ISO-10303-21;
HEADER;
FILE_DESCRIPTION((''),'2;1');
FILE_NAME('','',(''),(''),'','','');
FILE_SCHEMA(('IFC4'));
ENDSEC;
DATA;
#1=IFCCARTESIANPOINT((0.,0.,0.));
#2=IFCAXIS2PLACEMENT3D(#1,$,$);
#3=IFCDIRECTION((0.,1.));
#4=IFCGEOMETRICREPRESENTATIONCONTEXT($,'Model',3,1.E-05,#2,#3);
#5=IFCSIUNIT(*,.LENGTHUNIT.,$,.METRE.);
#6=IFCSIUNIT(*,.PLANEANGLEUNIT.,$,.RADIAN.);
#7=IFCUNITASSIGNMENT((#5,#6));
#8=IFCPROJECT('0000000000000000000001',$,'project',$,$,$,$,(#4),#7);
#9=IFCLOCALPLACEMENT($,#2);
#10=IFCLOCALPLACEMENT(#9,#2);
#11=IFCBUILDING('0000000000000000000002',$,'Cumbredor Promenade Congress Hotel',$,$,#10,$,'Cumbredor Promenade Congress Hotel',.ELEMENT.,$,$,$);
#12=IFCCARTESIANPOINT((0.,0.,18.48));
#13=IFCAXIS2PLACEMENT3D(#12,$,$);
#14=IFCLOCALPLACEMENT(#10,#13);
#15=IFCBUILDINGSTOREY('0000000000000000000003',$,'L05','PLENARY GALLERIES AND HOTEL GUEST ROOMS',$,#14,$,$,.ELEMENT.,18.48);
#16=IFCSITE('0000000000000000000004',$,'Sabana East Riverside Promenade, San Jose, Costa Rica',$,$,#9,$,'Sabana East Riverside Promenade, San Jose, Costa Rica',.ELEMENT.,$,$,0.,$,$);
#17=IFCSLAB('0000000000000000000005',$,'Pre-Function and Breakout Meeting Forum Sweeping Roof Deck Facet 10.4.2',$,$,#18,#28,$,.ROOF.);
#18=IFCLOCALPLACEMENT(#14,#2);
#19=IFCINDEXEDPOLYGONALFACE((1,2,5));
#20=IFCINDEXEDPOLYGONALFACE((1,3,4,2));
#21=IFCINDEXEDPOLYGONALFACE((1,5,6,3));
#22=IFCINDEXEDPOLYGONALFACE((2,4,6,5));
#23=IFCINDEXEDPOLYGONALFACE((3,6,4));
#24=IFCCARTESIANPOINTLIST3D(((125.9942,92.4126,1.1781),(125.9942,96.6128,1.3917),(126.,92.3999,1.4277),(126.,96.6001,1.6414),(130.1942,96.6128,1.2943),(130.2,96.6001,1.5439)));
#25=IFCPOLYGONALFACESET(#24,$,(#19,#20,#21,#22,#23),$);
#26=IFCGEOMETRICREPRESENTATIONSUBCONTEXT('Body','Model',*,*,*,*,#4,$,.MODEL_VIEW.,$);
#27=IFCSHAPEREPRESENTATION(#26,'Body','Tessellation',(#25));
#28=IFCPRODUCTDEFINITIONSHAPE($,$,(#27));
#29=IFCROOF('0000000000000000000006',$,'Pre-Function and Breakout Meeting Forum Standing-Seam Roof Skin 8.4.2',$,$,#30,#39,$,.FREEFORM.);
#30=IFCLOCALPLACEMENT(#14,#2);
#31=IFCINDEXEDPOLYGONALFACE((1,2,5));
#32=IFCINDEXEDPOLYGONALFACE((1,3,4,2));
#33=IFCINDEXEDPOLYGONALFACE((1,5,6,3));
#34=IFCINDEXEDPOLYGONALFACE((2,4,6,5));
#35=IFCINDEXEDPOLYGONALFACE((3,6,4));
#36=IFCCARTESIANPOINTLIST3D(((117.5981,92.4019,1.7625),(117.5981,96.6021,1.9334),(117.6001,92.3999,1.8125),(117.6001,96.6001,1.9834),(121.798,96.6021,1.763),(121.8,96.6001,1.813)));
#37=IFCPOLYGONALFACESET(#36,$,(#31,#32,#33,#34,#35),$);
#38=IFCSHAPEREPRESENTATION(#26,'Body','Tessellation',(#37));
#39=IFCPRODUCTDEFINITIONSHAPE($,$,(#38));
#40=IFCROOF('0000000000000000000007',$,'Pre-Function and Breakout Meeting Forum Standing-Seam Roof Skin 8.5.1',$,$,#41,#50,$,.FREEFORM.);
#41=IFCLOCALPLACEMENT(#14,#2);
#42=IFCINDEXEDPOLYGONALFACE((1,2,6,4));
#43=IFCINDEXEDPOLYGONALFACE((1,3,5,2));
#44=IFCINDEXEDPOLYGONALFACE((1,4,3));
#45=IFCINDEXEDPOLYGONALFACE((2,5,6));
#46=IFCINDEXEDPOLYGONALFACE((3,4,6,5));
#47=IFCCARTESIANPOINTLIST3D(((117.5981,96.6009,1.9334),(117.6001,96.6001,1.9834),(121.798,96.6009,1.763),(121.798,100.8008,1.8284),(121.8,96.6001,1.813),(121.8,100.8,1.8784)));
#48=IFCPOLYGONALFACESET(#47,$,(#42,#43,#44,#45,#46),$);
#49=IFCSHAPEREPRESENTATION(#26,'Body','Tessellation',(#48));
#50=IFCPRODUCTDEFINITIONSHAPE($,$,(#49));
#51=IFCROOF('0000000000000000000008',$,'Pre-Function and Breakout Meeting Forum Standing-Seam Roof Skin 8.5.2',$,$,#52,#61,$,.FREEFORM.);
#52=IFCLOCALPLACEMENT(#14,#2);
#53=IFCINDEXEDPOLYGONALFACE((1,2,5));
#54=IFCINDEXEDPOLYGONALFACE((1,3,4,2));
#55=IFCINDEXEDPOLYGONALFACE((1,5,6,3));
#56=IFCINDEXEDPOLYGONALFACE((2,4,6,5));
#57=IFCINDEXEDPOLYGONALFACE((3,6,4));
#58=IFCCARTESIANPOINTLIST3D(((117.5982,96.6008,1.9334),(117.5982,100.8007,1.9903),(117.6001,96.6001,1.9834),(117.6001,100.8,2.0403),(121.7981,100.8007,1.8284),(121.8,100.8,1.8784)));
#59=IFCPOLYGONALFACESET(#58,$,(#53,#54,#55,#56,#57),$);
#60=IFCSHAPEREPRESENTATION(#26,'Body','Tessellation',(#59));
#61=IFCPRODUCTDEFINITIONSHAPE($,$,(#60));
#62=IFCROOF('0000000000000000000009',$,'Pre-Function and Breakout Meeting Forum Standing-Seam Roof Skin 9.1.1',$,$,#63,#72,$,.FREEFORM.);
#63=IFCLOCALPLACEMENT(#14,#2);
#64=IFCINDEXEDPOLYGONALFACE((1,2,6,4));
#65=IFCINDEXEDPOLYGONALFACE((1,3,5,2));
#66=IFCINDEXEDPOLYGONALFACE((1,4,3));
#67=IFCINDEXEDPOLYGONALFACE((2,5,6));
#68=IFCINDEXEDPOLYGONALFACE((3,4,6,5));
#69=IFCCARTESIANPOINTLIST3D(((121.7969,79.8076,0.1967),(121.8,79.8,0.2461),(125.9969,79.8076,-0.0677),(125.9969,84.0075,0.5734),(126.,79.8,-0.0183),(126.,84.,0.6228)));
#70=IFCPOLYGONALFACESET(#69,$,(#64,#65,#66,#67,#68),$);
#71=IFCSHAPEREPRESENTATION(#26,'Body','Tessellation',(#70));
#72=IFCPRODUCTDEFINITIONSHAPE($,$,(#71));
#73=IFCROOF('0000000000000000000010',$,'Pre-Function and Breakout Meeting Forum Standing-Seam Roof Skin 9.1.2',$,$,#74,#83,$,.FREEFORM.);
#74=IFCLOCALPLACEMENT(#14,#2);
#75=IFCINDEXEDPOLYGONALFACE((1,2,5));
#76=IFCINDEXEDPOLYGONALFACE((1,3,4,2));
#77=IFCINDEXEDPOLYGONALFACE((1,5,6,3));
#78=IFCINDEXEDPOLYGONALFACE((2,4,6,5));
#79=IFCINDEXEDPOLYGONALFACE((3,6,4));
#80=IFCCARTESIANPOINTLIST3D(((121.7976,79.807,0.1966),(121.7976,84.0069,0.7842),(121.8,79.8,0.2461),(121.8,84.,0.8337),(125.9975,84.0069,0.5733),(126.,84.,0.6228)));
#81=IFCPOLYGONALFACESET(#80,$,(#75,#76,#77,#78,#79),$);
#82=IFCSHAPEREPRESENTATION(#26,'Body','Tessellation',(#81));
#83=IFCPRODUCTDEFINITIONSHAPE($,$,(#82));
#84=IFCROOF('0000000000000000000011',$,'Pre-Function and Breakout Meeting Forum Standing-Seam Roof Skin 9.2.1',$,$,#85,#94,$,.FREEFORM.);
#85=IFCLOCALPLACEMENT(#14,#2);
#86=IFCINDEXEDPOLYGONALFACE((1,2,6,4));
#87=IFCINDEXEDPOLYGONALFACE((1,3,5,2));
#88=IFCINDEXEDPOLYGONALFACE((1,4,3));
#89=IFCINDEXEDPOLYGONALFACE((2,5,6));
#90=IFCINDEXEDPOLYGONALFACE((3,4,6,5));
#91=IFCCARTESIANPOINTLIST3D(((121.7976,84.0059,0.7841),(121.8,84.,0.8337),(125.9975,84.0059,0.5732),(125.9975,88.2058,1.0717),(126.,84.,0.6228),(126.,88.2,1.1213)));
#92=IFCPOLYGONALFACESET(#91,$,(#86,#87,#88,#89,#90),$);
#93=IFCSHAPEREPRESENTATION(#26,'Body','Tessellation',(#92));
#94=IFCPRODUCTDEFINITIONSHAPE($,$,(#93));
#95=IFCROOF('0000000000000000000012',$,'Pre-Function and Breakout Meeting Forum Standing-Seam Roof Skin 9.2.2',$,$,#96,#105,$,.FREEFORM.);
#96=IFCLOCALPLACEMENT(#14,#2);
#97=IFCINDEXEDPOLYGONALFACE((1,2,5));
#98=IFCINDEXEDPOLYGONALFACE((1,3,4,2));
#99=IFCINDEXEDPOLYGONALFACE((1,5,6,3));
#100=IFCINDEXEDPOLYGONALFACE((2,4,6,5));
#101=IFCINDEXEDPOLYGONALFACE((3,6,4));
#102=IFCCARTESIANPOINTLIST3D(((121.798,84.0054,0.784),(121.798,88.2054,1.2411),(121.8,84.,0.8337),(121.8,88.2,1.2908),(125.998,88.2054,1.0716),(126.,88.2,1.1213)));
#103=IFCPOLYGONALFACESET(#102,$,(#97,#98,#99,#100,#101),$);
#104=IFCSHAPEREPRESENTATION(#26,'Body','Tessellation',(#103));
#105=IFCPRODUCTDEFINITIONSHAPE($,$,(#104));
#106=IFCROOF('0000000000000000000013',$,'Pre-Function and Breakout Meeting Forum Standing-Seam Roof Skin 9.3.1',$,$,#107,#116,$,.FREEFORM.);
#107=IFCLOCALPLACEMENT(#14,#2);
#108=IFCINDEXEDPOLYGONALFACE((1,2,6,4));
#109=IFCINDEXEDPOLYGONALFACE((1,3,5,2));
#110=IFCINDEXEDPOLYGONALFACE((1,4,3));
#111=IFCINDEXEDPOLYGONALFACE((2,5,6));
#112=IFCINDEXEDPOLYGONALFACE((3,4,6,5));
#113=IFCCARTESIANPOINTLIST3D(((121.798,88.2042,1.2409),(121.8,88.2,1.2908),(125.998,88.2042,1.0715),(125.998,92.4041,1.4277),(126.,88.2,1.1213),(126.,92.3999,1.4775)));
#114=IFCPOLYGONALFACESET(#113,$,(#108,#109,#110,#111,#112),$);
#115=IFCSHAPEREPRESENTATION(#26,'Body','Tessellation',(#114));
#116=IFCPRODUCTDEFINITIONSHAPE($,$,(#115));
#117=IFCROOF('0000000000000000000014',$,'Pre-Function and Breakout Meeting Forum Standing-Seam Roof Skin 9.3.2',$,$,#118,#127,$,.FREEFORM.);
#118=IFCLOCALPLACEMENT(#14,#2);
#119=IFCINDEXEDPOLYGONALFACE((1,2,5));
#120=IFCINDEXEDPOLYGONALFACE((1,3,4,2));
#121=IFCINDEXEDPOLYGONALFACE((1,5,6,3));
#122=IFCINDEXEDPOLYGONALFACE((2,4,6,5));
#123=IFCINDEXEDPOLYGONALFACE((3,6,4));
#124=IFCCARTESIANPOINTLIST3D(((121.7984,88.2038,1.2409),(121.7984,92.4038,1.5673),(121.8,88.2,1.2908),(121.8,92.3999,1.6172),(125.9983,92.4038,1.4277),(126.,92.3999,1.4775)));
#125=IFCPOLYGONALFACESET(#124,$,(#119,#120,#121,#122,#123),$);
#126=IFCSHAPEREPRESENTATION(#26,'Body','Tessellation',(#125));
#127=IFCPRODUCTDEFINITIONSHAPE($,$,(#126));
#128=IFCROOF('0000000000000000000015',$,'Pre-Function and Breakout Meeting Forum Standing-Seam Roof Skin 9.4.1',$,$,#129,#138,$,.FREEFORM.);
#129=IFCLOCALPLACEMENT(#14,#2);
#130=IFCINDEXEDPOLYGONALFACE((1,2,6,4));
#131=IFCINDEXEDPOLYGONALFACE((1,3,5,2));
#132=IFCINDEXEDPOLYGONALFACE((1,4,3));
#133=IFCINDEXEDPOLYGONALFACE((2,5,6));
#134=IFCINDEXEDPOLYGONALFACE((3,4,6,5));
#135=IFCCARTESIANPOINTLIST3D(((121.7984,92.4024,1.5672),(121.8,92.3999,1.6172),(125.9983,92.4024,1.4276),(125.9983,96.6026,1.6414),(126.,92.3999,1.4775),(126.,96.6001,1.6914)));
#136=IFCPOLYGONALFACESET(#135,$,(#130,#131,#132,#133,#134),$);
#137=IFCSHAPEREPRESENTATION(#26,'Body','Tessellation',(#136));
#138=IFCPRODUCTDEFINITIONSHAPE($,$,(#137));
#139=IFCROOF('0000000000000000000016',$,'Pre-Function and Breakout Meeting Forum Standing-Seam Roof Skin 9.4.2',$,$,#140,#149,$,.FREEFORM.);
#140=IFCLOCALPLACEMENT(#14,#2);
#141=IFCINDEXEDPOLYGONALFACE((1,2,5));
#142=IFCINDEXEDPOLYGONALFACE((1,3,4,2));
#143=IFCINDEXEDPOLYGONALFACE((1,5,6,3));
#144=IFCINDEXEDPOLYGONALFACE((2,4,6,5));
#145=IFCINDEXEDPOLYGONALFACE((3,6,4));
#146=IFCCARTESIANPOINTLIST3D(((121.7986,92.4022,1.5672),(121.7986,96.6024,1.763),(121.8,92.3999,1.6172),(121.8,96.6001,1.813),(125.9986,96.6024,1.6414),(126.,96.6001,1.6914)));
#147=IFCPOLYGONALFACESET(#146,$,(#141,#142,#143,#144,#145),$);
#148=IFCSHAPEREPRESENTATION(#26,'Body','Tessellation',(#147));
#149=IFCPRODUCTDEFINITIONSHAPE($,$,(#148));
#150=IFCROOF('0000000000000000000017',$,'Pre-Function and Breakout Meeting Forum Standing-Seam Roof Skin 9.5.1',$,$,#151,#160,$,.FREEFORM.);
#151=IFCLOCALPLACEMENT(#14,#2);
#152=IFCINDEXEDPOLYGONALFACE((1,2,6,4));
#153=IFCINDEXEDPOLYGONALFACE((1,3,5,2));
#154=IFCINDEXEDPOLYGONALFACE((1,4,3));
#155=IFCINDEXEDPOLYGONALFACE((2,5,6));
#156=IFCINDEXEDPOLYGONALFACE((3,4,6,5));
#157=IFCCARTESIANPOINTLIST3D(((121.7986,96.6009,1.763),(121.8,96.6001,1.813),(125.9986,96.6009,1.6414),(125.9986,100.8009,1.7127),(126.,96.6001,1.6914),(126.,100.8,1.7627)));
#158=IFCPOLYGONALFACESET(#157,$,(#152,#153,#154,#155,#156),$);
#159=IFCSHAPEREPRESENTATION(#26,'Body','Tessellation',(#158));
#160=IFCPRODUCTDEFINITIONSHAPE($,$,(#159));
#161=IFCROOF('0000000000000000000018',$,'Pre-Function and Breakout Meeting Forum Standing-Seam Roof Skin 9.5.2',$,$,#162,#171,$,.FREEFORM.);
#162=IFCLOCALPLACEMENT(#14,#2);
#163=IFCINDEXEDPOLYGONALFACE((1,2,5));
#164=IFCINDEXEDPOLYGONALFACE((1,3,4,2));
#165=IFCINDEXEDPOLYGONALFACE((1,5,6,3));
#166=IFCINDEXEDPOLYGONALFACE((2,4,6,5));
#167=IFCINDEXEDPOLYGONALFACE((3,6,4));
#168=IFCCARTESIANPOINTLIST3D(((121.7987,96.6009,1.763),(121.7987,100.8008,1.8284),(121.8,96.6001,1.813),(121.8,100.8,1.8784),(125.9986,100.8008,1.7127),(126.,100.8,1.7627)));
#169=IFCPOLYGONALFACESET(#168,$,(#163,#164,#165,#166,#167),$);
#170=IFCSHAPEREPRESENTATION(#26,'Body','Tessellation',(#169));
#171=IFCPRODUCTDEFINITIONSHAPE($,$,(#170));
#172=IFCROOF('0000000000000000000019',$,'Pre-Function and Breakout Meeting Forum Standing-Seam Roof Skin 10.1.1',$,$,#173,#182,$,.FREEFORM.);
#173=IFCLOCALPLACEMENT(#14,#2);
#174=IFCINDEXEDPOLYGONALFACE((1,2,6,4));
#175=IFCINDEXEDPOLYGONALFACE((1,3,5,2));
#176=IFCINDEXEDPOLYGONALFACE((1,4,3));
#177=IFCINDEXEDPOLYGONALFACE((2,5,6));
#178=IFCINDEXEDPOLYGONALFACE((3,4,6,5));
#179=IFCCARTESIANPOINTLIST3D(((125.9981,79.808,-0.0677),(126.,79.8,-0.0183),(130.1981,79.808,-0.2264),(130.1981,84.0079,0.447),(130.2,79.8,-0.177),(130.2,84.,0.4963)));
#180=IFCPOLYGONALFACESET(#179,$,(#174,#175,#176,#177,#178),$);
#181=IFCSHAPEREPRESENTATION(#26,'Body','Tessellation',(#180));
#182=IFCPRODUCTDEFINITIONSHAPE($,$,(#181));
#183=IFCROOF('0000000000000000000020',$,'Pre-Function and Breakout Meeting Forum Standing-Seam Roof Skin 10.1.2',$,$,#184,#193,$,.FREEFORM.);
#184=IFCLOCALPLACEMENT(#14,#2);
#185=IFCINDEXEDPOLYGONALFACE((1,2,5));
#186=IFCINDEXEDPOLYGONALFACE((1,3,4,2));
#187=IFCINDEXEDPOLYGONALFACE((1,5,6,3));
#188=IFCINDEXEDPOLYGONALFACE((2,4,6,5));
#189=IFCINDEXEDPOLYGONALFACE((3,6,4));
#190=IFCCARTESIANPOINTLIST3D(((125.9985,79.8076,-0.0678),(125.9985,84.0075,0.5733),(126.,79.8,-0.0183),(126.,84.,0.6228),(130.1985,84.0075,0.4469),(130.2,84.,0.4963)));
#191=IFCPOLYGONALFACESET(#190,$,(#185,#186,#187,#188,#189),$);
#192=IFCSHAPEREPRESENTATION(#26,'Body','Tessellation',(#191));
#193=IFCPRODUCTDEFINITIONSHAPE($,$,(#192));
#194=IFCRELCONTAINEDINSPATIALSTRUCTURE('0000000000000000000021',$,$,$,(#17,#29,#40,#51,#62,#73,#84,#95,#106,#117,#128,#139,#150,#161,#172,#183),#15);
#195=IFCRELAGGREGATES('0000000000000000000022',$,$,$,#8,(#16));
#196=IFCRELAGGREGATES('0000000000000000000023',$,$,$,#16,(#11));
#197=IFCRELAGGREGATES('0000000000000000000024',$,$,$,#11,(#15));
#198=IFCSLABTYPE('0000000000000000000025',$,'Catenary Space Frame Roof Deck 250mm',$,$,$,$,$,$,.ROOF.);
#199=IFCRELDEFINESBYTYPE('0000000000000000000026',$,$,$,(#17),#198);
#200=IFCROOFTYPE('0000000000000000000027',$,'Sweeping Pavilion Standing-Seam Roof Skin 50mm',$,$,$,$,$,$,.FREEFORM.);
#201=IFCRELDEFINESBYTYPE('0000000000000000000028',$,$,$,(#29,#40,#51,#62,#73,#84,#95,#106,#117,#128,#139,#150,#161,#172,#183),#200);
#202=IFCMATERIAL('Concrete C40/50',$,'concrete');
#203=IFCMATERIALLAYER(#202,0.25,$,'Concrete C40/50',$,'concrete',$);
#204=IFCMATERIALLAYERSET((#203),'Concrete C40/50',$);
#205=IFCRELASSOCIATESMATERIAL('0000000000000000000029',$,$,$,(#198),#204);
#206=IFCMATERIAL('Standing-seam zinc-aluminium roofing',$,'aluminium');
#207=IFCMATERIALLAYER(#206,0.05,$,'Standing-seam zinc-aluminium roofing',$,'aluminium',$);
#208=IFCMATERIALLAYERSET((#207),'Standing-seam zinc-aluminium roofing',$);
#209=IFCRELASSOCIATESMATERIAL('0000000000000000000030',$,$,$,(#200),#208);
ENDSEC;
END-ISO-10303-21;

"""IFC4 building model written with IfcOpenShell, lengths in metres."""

from ifc_helpers import new_model, si_unit, direction, frame, origin, place, context, subcontext, project, spatial, polyline, outline, extrude, material, layer, layer_set, type_object, element, save


model = new_model("IFC4")

# Units and contexts
model_context = context("Model", 3, precision=1e-05, world=origin(), true_north=direction((0.0, 1.0)))
body_context = subcontext(model_context, "Body", "Model", "MODEL_VIEW")
ifc_project = project(units=[si_unit("LENGTHUNIT", "METRE"), si_unit("PLANEANGLEUNIT", "RADIAN")], contexts=[model_context])

# Site, building, storey
site_placement = place(None, origin())
site = spatial("IfcSite", under=ifc_project, at=site_placement, Name="Sabana East Riverside Promenade, San Jose, Costa Rica", LongName="Sabana East Riverside Promenade, San Jose, Costa Rica", CompositionType="ELEMENT", RefElevation=0.0)
building_placement = place(site_placement, origin())
building = spatial("IfcBuilding", under=site, at=building_placement, Name="Cumbredor Promenade Congress Hotel", LongName="Cumbredor Promenade Congress Hotel", CompositionType="ELEMENT")
storey_placement = place(building_placement, frame((0.0, 0.0, 18.48)))
storey = spatial("IfcBuildingStorey", under=building, at=storey_placement, Name="L05", Description="PLENARY GALLERIES AND HOTEL GUEST ROOMS", CompositionType="ELEMENT", Elevation=18.48)

# Slab
ifc_material_1 = material(Name="Concrete C40/50", Category="concrete")
ifc_layer_1 = layer(ifc_material_1, 0.25, Name="Concrete C40/50", Category="concrete")
ifc_layer_set_1 = layer_set([ifc_layer_1], Name="Concrete C40/50")
slab_type = type_object("IfcSlabType", Name="Catenary Space Frame Roof Deck 250mm", PredefinedType="ROOF", material=ifc_layer_set_1)
slab_1_placement = place(storey_placement, frame((126.0, 92.3999, 1.4277), z_axis=(0.023157, -0.050781, 0.998441), x_axis=(0.706951, 0.706992, 0.019561)))
element("IfcSlab", 1, at=slab_1_placement, inside=storey, type_object=slab_type, Name="Pre-Function and Breakout Meeting Forum Sweeping Roof Deck Facet 10.4.2", PredefinedType="ROOF", context=body_context, shape_type="SweptSolid", body=[
    extrude(outline(polyline([(0.0, 0.0), (5.9409, 0.0), (2.9737, 2.974), (0.0, 0.0)])), origin(), (0.0, 0.0, -1.0), 0.25),
])

# Roofs
ifc_material_2 = material(Name="Standing-seam zinc-aluminium roofing", Category="aluminium")
ifc_layer_2 = layer(ifc_material_2, 0.05, Name="Standing-seam zinc-aluminium roofing", Category="aluminium")
ifc_layer_set_2 = layer_set([ifc_layer_2], Name="Standing-seam zinc-aluminium roofing")
roof_type = type_object("IfcRoofType", Name="Sweeping Pavilion Standing-Seam Roof Skin 50mm", PredefinedType="FREEFORM", material=ifc_layer_set_2)
roof_1_placement = place(storey_placement, frame((117.6001, 92.3999, 1.8125), z_axis=(0.040507, -0.040621, 0.998353), x_axis=(0.707086, 0.707127, 0.000082)))
element("IfcRoof", 2, at=roof_1_placement, inside=storey, type_object=roof_type, Name="Pre-Function and Breakout Meeting Forum Standing-Seam Roof Skin 8.4.2", PredefinedType="FREEFORM", context=body_context, shape_type="SweptSolid", body=[
    extrude(outline(polyline([(0.0, 0.0), (5.9398, 0.0), (2.9701, 2.9748), (0.0, 0.0)])), origin(), (0.0, 0.0, -1.0), 0.05),
])
roof_2_placement = place(storey_placement, frame((117.6001, 96.6001, 1.9834), z_axis=(0.040536, -0.015564, 0.999057), x_axis=(0.999178, 0.0, -0.040541)))
element("IfcRoof", 3, at=roof_2_placement, inside=storey, type_object=roof_type, Name="Pre-Function and Breakout Meeting Forum Standing-Seam Roof Skin 8.5.1", PredefinedType="FREEFORM", context=body_context, shape_type="SweptSolid", body=[
    extrude(outline(polyline([(0.0, 0.0), (4.2034, 0.0), (4.2008, 4.2005), (0.0, 0.0)])), origin(), (0.0, 0.0, -1.0), 0.05),
])
roof_3_placement = place(storey_placement, frame((117.6001, 96.6001, 1.9834), z_axis=(0.038508, -0.013533, 0.999167), x_axis=(0.706996, 0.706996, -0.017672)))
element("IfcRoof", 4, at=roof_3_placement, inside=storey, type_object=roof_type, Name="Pre-Function and Breakout Meeting Forum Standing-Seam Roof Skin 8.5.2", PredefinedType="FREEFORM", context=body_context, shape_type="SweptSolid", body=[
    extrude(outline(polyline([(0.0, 0.0), (5.9406, 0.0), (2.9683, 2.9718), (0.0, 0.0)])), origin(), (0.0, 0.0, -1.0), 0.05),
])
roof_4_placement = place(storey_placement, frame((121.8, 79.8, 0.2461), z_axis=(0.062113, -0.150608, 0.98664), x_axis=(0.998024, 0.0, -0.06283)))
element("IfcRoof", 5, at=roof_4_placement, inside=storey, type_object=roof_type, Name="Pre-Function and Breakout Meeting Forum Standing-Seam Roof Skin 9.1.1", PredefinedType="FREEFORM", context=body_context, shape_type="SweptSolid", body=[
    extrude(outline(polyline([(0.0, 0.0), (4.2083, 0.0), (4.168, 4.2484), (0.0, 0.0)])), origin(), (0.0, 0.0, -1.0), 0.05),
])
roof_5_placement = place(storey_placement, frame((121.8, 79.8, 0.2461), z_axis=(0.049678, -0.138397, 0.98913), x_axis=(0.705689, 0.705689, 0.063296)))
element("IfcRoof", 6, at=roof_5_placement, inside=storey, type_object=roof_type, Name="Pre-Function and Breakout Meeting Forum Standing-Seam Roof Skin 9.1.2", PredefinedType="FREEFORM", context=body_context, shape_type="SweptSolid", body=[
    extrude(outline(polyline([(0.0, 0.0), (5.9516, 0.0), (3.0011, 2.9964), (0.0, 0.0)])), origin(), (0.0, 0.0, -1.0), 0.05),
])
roof_6_placement = place(storey_placement, frame((121.8, 84.0, 0.8337), z_axis=(0.049812, -0.117726, 0.991796), x_axis=(0.998741, 0.0, -0.050161)))
element("IfcRoof", 7, at=roof_6_placement, inside=storey, type_object=roof_type, Name="Pre-Function and Breakout Meeting Forum Standing-Seam Roof Skin 9.2.1", PredefinedType="FREEFORM", context=body_context, shape_type="SweptSolid", body=[
    extrude(outline(polyline([(0.0, 0.0), (4.2052, 0.0), (4.1802, 4.2294), (0.0, 0.0)])), origin(), (0.0, 0.0, -1.0), 0.05),
])
roof_7_placement = place(storey_placement, frame((121.8, 84.0, 0.8337), z_axis=(0.040073, -0.108093, 0.993333), x_axis=(0.706279, 0.706279, 0.048363)))
element("IfcRoof", 8, at=roof_7_placement, inside=storey, type_object=roof_type, Name="Pre-Function and Breakout Meeting Forum Standing-Seam Roof Skin 9.2.2", PredefinedType="FREEFORM", context=body_context, shape_type="SweptSolid", body=[
    extrude(outline(polyline([(0.0, 0.0), (5.9466, 0.0), (2.9884, 2.9862), (0.0, 0.0)])), origin(), (0.0, 0.0, -1.0), 0.05),
])
roof_8_placement = place(storey_placement, frame((121.8, 88.2, 1.2908), z_axis=(0.040165, -0.084439, 0.995619), x_axis=(0.999187, 0.0, -0.040309)))
element("IfcRoof", 9, at=roof_8_placement, inside=storey, type_object=roof_type, Name="Pre-Function and Breakout Meeting Forum Standing-Seam Roof Skin 9.3.1", PredefinedType="FREEFORM", context=body_context, shape_type="SweptSolid", body=[
    extrude(outline(polyline([(0.0, 0.0), (4.2034, 0.0), (4.189, 4.215), (0.0, 0.0)])), origin(), (0.0, 0.0, -1.0), 0.05),
])
roof_9_placement = place(storey_placement, frame((121.8, 88.2, 1.2908), z_axis=(0.033132, -0.077443, 0.996446), x_axis=(0.706757, 0.706757, 0.031429)))
element("IfcRoof", 10, at=roof_9_placement, inside=storey, type_object=roof_type, Name="Pre-Function and Breakout Meeting Forum Standing-Seam Roof Skin 9.3.2", PredefinedType="FREEFORM", context=body_context, shape_type="SweptSolid", body=[
    extrude(outline(polyline([(0.0, 0.0), (5.9426, 0.0), (2.9786, 2.9789), (0.0, 0.0)])), origin(), (0.0, 0.0, -1.0), 0.05),
])
roof_10_placement = place(storey_placement, frame((121.8, 92.3999, 1.6172), z_axis=(0.033189, -0.050824, 0.998156), x_axis=(0.999448, 0.0, -0.033232)))
element("IfcRoof", 11, at=roof_10_placement, inside=storey, type_object=roof_type, Name="Pre-Function and Breakout Meeting Forum Standing-Seam Roof Skin 9.4.1", PredefinedType="FREEFORM", context=body_context, shape_type="SweptSolid", body=[
    extrude(outline(polyline([(0.0, 0.0), (4.2023, 0.0), (4.1952, 4.2056), (0.0, 0.0)])), origin(), (0.0, 0.0, -1.0), 0.05),
])
roof_11_placement = place(storey_placement, frame((121.8, 92.3999, 1.6172), z_axis=(0.028905, -0.046547, 0.998498), x_axis=(0.707031, 0.707072, 0.012494)))
element("IfcRoof", 12, at=roof_11_placement, inside=storey, type_object=roof_type, Name="Pre-Function and Breakout Meeting Forum Standing-Seam Roof Skin 9.4.2", PredefinedType="FREEFORM", context=body_context, shape_type="SweptSolid", body=[
    extrude(outline(polyline([(0.0, 0.0), (5.9403, 0.0), (2.9723, 2.9741), (0.0, 0.0)])), origin(), (0.0, 0.0, -1.0), 0.05),
])
roof_12_placement = place(storey_placement, frame((121.8, 96.6001, 1.813), z_axis=(0.028932, -0.016964, 0.999437), x_axis=(0.999581, 0.0, -0.028936)))
element("IfcRoof", 13, at=roof_12_placement, inside=storey, type_object=roof_type, Name="Pre-Function and Breakout Meeting Forum Standing-Seam Roof Skin 9.5.1", PredefinedType="FREEFORM", context=body_context, shape_type="SweptSolid", body=[
    extrude(outline(polyline([(0.0, 0.0), (4.2017, 0.0), (4.1996, 4.2006), (0.0, 0.0)])), origin(), (0.0, 0.0, -1.0), 0.05),
])
roof_13_placement = place(storey_placement, frame((121.8, 96.6001, 1.813), z_axis=(0.02754, -0.015571, 0.999499), x_axis=(0.707081, 0.707081, -0.008467)))
element("IfcRoof", 14, at=roof_13_placement, inside=storey, type_object=roof_type, Name="Pre-Function and Breakout Meeting Forum Standing-Seam Roof Skin 9.5.2", PredefinedType="FREEFORM", context=body_context, shape_type="SweptSolid", body=[
    extrude(outline(polyline([(0.0, 0.0), (5.9398, 0.0), (2.9692, 2.9712), (0.0, 0.0)])), origin(), (0.0, 0.0, -1.0), 0.05),
])
roof_14_placement = place(storey_placement, frame((126.0, 79.8, -0.0183), z_axis=(0.037282, -0.158189, 0.986705), x_axis=(0.999287, 0.0, -0.037757)))
element("IfcRoof", 15, at=roof_14_placement, inside=storey, type_object=roof_type, Name="Pre-Function and Breakout Meeting Forum Standing-Seam Roof Skin 10.1.1", PredefinedType="FREEFORM", context=body_context, shape_type="SweptSolid", body=[
    extrude(outline(polyline([(0.0, 0.0), (4.2029, 0.0), (4.1775, 4.2535), (0.0, 0.0)])), origin(), (0.0, 0.0, -1.0), 0.05),
])
roof_15_placement = place(storey_placement, frame((126.0, 79.8, -0.0183), z_axis=(0.029753, -0.150833, 0.988111), x_axis=(0.704467, 0.704467, 0.086323)))
element("IfcRoof", 16, at=roof_15_placement, inside=storey, type_object=roof_type, Name="Pre-Function and Breakout Meeting Forum Standing-Seam Roof Skin 10.1.2", PredefinedType="FREEFORM", context=body_context, shape_type="SweptSolid", body=[
    extrude(outline(polyline([(0.0, 0.0), (5.9619, 0.0), (3.0141, 2.9943), (0.0, 0.0)])), origin(), (0.0, 0.0, -1.0), 0.05),
])

save(model, "model.ifc")
